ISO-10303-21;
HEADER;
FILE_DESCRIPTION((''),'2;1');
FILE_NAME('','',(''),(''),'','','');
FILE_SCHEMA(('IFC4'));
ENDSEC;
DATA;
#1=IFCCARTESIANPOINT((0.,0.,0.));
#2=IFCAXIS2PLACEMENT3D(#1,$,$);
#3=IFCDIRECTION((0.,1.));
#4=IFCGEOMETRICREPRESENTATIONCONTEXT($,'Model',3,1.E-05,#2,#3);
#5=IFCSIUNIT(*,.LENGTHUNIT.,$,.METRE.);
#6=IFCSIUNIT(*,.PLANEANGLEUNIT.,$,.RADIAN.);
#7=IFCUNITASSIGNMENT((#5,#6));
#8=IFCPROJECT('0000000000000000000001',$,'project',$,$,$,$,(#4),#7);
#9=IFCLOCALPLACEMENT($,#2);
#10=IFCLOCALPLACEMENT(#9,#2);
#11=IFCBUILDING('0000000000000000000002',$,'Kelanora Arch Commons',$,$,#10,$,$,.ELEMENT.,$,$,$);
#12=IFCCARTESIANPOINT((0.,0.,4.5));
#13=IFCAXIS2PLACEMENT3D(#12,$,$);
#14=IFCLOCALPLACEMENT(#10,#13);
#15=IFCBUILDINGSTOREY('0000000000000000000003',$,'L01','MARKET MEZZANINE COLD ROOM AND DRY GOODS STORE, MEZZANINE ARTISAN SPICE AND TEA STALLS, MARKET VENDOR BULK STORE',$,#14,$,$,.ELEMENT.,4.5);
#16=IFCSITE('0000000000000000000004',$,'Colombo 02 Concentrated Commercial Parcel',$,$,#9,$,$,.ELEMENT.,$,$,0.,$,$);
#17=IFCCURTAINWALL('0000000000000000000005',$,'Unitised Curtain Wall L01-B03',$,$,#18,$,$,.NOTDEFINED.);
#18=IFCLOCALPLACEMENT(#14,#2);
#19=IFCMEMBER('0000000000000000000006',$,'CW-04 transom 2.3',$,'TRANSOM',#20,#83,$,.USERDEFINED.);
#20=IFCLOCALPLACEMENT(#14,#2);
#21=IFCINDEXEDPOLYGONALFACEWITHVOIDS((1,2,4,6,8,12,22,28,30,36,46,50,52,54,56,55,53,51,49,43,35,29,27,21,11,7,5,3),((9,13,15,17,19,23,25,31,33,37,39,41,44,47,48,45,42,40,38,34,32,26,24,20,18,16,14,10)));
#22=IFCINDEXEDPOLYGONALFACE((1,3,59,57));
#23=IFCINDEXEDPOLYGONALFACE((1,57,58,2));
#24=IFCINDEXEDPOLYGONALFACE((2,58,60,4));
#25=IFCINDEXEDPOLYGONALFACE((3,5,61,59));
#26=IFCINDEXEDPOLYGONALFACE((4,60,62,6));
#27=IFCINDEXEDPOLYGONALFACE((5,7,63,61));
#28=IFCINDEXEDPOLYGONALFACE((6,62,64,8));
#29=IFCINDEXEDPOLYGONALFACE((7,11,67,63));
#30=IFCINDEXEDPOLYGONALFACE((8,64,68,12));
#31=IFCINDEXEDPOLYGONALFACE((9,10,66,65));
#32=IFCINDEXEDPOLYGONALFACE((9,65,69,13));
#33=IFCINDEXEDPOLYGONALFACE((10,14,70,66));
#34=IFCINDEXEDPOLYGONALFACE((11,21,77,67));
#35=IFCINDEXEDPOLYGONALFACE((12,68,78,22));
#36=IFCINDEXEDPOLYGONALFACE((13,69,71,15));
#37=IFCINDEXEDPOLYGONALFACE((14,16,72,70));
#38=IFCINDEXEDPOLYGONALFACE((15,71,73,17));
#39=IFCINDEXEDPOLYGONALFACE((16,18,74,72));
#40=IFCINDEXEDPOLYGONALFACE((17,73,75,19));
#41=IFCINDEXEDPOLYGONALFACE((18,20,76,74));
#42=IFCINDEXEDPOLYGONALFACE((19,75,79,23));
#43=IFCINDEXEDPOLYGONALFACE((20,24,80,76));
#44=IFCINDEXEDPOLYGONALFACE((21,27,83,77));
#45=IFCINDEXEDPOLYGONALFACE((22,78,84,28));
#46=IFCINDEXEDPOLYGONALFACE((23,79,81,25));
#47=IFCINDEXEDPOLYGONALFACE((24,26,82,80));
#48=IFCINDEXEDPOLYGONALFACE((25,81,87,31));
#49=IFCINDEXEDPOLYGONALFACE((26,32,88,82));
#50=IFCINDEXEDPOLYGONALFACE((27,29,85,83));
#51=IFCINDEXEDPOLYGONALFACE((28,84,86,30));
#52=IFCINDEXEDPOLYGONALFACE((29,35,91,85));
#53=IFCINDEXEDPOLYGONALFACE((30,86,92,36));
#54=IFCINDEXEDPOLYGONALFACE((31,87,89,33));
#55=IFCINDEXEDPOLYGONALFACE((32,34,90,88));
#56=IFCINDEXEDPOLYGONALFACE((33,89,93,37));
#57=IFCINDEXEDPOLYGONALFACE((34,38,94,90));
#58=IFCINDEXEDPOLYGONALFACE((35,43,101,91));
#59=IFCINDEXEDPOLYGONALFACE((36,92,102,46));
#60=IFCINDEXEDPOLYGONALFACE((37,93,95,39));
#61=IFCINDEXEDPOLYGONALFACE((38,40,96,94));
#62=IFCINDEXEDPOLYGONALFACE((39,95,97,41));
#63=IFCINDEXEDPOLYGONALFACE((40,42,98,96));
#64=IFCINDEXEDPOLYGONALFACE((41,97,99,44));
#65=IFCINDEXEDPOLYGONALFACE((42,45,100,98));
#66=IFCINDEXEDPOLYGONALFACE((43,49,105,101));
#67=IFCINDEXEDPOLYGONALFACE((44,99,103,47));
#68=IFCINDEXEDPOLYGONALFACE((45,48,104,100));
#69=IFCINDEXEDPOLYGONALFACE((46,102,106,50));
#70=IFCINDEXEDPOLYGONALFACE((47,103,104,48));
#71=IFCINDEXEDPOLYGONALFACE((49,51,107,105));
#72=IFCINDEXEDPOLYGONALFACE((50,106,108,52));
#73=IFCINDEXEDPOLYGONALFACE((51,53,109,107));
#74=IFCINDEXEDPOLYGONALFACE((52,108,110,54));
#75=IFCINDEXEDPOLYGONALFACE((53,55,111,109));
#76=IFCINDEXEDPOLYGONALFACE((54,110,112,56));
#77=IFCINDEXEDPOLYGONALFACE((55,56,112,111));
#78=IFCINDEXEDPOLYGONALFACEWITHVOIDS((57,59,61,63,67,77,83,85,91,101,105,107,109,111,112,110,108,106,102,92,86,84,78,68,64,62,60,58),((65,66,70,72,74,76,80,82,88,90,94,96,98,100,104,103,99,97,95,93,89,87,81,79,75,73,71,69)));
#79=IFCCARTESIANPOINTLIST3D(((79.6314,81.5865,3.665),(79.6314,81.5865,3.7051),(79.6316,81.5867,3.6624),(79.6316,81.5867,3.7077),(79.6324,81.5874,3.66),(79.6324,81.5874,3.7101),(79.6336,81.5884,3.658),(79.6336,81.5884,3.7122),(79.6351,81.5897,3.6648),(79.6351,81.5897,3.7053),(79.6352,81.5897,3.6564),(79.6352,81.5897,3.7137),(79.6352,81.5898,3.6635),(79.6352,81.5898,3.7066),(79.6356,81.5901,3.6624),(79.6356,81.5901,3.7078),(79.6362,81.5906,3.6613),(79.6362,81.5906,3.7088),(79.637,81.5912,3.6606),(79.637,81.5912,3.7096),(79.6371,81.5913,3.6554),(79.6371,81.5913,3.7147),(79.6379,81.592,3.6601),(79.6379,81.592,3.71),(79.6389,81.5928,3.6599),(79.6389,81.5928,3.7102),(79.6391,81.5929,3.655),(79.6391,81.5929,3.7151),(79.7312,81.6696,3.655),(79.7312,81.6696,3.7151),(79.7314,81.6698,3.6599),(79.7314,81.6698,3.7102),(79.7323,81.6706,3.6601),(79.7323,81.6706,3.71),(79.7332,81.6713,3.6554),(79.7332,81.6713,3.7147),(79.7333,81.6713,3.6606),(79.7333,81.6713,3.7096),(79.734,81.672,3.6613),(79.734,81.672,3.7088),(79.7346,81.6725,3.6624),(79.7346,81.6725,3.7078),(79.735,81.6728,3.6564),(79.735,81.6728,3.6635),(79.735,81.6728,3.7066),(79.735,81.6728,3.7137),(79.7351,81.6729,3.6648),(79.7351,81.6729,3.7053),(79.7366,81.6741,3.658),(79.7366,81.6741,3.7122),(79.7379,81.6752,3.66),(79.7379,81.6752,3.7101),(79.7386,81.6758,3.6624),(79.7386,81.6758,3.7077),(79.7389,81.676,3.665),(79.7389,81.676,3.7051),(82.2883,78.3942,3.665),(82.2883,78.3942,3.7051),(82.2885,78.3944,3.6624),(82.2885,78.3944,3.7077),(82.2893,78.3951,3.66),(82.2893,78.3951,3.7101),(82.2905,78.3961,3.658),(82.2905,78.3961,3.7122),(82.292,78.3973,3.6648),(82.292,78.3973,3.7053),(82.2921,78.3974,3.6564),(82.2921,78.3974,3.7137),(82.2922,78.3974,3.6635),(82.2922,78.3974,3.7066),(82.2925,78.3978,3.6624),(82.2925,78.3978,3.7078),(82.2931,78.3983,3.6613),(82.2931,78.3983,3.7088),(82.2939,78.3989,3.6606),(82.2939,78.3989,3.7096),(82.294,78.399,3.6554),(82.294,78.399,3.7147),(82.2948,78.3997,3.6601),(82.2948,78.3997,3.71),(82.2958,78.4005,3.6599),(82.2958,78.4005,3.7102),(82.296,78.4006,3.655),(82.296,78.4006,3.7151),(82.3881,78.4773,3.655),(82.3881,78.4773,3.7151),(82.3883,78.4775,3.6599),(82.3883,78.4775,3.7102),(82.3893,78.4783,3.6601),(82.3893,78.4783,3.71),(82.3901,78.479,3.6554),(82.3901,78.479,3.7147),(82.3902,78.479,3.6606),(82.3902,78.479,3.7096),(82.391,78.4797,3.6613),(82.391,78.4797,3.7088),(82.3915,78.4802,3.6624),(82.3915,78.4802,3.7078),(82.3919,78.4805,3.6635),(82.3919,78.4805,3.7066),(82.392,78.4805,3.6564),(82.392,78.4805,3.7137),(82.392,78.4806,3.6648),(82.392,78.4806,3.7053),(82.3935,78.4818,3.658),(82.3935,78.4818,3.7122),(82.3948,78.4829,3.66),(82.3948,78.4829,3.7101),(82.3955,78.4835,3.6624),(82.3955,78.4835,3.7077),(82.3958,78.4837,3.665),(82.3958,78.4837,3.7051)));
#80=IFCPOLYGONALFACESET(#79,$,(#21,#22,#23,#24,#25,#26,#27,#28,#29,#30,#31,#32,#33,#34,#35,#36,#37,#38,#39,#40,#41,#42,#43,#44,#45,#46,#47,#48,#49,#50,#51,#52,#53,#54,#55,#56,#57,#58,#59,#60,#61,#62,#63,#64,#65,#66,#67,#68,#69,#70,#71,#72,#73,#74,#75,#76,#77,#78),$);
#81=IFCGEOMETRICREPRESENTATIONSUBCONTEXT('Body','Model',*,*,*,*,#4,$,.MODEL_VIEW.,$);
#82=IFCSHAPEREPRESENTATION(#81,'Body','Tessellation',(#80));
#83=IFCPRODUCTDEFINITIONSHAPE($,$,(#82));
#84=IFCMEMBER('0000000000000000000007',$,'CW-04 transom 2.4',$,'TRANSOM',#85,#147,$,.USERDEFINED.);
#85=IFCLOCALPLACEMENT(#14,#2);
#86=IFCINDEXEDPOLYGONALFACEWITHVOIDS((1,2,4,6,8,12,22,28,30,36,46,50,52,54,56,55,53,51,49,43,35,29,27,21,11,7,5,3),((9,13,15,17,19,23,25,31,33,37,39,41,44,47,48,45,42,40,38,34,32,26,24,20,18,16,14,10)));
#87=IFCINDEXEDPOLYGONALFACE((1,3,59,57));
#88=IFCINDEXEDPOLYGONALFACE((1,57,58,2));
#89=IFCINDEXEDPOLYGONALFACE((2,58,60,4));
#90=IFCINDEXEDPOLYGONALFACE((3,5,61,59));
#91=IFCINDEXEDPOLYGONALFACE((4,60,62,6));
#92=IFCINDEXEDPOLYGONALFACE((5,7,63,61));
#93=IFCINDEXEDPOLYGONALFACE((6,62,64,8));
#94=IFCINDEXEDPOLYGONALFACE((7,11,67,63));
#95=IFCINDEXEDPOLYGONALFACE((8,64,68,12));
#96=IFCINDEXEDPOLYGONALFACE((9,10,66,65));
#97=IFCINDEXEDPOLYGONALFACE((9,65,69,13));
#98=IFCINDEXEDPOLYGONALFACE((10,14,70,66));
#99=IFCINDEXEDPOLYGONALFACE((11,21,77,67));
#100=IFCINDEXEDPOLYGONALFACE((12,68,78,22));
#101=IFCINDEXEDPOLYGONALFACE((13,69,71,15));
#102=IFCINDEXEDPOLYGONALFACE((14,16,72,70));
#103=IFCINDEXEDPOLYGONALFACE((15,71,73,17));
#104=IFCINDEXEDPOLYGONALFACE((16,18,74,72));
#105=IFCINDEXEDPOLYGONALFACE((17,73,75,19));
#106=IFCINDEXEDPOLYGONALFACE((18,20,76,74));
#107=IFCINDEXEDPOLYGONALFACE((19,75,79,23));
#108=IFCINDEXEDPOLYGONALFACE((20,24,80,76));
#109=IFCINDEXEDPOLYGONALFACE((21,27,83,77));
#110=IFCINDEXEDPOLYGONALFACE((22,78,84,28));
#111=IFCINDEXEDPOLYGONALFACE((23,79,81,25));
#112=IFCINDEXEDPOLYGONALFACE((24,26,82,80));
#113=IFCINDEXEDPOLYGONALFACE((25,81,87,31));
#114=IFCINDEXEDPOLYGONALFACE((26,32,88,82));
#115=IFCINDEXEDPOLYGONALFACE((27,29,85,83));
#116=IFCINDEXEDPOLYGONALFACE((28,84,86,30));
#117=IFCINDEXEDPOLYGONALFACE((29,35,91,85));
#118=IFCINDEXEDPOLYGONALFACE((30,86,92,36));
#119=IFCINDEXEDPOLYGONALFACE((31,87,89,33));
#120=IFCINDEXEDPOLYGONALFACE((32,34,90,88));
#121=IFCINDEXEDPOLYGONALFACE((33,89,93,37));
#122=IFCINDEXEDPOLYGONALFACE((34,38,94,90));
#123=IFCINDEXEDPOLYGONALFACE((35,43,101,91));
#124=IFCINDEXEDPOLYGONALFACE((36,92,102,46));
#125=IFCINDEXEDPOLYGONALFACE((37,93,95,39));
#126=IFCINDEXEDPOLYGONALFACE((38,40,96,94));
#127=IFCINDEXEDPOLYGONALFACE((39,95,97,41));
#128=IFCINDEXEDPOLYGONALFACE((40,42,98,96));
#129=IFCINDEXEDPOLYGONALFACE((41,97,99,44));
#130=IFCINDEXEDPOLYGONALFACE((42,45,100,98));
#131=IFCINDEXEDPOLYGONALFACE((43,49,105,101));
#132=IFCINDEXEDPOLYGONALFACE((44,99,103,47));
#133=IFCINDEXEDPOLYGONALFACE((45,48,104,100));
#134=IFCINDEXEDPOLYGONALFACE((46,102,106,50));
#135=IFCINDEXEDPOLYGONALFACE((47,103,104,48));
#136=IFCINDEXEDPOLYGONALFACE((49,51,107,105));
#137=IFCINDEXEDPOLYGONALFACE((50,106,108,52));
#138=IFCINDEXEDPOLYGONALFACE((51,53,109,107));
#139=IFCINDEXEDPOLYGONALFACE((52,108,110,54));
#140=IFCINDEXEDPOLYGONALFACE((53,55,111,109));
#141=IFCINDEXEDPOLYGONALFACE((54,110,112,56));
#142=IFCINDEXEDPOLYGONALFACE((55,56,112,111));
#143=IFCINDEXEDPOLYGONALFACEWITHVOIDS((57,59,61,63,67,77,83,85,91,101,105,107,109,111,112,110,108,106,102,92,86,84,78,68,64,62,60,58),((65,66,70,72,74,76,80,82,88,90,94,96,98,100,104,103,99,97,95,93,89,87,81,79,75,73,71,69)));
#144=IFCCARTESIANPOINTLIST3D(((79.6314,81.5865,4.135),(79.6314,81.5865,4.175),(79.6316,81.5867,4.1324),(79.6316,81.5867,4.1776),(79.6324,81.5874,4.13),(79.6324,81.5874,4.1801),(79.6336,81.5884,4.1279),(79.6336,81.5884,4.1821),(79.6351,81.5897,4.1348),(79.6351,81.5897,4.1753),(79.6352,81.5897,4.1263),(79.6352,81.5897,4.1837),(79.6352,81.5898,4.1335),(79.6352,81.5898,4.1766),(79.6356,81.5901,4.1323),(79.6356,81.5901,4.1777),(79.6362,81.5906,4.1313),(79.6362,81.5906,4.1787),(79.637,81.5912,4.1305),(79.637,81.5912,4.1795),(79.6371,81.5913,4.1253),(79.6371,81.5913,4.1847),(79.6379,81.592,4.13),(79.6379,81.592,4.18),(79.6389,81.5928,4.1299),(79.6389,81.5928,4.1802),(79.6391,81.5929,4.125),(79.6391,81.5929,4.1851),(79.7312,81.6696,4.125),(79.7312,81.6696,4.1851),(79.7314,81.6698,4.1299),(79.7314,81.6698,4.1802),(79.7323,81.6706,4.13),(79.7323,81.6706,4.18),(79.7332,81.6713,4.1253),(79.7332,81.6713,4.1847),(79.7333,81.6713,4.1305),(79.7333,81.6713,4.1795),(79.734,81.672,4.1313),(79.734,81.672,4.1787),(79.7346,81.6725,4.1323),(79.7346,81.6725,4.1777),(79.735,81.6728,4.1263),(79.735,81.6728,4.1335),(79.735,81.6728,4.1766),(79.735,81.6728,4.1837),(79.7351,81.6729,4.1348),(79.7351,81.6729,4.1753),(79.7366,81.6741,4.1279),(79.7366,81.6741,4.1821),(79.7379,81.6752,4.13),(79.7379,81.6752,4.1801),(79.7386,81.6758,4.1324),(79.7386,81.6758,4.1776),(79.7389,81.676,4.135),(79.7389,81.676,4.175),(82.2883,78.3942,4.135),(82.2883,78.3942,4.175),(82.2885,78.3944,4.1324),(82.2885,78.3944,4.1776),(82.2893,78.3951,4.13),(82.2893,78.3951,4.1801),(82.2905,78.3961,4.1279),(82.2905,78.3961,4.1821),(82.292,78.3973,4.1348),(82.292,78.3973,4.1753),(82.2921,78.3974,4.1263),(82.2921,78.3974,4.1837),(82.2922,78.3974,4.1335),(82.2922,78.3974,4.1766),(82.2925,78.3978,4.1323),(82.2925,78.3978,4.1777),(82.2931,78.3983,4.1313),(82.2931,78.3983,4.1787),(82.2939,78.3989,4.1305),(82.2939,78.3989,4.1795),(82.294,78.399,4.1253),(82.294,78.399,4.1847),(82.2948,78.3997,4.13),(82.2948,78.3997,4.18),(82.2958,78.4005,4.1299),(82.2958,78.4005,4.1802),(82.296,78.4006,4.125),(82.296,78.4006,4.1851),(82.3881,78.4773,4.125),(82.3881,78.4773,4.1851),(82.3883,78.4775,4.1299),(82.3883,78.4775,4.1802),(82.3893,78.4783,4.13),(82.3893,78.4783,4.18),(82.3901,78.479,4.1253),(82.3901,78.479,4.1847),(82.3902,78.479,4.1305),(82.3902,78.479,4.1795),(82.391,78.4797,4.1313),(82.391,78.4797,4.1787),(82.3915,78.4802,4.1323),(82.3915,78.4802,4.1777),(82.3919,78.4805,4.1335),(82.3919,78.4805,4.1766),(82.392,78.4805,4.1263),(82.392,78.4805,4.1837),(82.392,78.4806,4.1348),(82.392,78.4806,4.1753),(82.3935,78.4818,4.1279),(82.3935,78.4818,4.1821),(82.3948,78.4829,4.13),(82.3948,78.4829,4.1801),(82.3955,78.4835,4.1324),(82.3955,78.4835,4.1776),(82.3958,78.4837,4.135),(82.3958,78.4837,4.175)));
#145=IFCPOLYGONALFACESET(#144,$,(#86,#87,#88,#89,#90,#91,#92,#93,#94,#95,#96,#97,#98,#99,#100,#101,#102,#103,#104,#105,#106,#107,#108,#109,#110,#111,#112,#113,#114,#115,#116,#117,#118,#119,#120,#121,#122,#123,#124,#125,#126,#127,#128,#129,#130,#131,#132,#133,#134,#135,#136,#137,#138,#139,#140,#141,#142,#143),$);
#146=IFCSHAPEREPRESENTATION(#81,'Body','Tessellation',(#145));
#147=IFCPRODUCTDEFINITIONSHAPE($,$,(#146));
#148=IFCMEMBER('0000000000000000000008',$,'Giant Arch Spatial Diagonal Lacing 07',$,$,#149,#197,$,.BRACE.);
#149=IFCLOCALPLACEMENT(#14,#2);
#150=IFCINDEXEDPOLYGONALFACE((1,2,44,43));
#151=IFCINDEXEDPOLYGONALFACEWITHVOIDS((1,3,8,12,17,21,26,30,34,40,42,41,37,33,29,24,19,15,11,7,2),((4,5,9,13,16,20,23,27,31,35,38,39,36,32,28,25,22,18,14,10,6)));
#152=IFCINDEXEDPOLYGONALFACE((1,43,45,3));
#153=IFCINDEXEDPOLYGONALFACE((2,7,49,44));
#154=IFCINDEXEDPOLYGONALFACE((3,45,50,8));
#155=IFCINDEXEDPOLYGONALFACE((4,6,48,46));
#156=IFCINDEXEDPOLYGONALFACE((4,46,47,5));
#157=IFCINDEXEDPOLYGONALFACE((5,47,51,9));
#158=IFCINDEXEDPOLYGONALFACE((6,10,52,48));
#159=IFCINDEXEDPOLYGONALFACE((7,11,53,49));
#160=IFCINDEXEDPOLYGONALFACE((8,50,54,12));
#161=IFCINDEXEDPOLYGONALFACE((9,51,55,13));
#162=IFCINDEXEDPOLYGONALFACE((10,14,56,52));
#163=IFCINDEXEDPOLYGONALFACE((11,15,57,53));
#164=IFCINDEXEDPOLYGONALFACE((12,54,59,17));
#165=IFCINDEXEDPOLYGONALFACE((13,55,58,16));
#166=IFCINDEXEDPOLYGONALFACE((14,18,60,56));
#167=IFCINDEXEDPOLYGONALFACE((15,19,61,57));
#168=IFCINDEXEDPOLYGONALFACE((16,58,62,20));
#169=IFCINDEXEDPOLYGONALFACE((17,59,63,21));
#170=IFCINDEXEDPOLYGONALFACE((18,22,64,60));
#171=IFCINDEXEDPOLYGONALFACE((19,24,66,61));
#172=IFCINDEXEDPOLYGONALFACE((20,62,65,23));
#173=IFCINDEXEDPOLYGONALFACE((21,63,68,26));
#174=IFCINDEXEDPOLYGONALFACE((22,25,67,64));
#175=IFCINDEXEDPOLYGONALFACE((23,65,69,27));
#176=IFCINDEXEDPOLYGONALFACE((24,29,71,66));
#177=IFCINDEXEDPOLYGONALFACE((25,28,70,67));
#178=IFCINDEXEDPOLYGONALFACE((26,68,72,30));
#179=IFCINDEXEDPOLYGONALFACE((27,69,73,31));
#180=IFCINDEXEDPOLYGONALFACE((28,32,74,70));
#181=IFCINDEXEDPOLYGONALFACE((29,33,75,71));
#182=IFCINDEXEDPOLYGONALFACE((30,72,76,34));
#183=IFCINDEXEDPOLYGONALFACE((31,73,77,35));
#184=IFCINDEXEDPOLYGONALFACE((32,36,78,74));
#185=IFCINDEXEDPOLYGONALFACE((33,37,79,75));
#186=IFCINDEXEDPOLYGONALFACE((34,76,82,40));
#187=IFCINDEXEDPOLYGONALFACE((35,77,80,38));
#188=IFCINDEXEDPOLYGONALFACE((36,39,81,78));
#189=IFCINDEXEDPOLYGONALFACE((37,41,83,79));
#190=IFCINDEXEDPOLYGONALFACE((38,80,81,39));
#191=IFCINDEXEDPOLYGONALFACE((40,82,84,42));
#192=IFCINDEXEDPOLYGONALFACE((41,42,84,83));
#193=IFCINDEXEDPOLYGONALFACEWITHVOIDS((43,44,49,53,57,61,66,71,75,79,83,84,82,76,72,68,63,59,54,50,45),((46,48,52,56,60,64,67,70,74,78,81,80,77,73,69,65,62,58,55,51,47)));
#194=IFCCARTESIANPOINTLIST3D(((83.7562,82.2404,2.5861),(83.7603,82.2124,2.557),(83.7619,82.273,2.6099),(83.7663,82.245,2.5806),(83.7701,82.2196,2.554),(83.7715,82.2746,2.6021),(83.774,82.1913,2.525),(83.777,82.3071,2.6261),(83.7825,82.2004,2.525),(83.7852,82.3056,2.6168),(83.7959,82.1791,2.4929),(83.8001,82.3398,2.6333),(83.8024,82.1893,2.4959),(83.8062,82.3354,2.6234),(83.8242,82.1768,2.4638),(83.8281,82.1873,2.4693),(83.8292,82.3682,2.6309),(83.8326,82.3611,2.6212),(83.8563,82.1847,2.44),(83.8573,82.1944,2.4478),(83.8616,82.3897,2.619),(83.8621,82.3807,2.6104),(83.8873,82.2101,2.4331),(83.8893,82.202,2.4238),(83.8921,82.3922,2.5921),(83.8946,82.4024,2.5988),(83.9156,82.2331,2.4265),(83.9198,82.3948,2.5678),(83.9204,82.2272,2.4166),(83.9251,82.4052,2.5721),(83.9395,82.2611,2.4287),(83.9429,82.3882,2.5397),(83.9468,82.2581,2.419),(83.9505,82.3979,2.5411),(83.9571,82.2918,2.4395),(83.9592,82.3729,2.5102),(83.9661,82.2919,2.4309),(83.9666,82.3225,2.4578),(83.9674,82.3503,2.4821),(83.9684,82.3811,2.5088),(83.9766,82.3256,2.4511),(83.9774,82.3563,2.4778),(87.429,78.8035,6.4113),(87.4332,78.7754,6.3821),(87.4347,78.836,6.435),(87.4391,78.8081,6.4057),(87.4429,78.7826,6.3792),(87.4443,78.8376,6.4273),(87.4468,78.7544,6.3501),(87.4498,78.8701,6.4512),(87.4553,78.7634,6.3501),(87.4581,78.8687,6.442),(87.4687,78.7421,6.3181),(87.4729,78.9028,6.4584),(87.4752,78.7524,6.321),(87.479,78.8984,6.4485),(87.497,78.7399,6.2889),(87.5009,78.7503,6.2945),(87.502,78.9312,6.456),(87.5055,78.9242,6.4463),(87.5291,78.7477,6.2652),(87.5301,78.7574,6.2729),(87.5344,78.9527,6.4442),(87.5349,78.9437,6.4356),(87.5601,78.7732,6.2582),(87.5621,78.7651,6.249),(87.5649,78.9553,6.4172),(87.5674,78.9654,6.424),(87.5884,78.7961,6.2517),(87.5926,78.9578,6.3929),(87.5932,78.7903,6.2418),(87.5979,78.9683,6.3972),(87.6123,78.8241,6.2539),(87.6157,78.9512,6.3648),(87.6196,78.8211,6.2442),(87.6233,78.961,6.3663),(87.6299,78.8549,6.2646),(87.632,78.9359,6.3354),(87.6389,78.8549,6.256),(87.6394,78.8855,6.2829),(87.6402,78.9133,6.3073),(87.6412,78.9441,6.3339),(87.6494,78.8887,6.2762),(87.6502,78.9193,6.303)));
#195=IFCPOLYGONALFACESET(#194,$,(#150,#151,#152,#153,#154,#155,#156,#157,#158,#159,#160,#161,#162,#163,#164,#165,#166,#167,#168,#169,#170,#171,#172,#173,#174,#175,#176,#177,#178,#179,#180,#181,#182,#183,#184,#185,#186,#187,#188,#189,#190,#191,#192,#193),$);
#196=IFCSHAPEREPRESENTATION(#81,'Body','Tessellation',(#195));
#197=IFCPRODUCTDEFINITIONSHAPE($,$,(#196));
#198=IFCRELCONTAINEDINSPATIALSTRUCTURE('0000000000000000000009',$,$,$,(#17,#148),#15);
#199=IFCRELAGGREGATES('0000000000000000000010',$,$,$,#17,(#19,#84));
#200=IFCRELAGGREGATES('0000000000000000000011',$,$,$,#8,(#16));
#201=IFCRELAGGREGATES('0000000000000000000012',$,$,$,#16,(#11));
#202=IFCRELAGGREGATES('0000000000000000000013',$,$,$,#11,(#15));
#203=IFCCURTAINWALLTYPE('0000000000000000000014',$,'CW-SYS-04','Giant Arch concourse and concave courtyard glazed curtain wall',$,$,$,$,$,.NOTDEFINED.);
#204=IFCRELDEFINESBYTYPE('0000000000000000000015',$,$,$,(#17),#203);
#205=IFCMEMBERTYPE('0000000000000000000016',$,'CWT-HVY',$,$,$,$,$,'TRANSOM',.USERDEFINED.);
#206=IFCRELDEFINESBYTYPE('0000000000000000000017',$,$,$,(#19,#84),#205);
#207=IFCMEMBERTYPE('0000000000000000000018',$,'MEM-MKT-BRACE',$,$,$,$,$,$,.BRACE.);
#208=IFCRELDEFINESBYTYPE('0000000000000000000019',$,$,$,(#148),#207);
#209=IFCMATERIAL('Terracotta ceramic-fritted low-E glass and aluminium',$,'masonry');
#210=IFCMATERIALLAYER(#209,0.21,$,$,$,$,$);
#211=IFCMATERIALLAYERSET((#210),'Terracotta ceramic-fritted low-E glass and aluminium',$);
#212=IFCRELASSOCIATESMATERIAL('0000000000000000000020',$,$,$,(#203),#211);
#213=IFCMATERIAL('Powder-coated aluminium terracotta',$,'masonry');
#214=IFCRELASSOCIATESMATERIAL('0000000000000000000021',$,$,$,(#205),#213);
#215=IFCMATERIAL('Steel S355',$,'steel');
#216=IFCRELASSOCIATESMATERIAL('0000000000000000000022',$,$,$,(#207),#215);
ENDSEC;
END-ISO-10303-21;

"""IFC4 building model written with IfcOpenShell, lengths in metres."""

from ifc_helpers import new_model, si_unit, direction, frame, origin, origin_2d, place, context, subcontext, project, spatial, hollow_rectangle, hollow_circle, extrude, material, layer, layer_set, material_profile, profile_set, type_object, element, aggregate, save


model = new_model("IFC4")

# Units and contexts
model_context = context("Model", 3, precision=1e-05, world=origin(), true_north=direction((0.0, 1.0)))
body_context = subcontext(model_context, "Body", "Model", "MODEL_VIEW")
ifc_project = project(units=[si_unit("LENGTHUNIT", "METRE"), si_unit("PLANEANGLEUNIT", "RADIAN")], contexts=[model_context])

# Site, building, storey
site_placement = place(None, origin())
site = spatial("IfcSite", under=ifc_project, at=site_placement, Name="Colombo 02 Concentrated Commercial Parcel", CompositionType="ELEMENT", RefElevation=0.0)
building_placement = place(site_placement, origin())
building = spatial("IfcBuilding", under=site, at=building_placement, Name="Kelanora Arch Commons", CompositionType="ELEMENT")
storey_placement = place(building_placement, frame((0.0, 0.0, 4.5)))
storey = spatial("IfcBuildingStorey", under=building, at=storey_placement, Name="L01", Description="MARKET MEZZANINE COLD ROOM AND DRY GOODS STORE, MEZZANINE ARTISAN SPICE AND TEA STALLS, MARKET VENDOR BULK STORE", CompositionType="ELEMENT", Elevation=4.5)

# Shared definitions
ifc_material_1 = material(Name="Steel S355", Category="steel")

# Shared definitions
ifc_material_2 = material(Name="Terracotta ceramic-fritted low-E glass and aluminium", Category="masonry")
ifc_layer_1 = layer(ifc_material_2, 0.21)
ifc_layer_set_1 = layer_set([ifc_layer_1], Name="Terracotta ceramic-fritted low-E glass and aluminium")
curtain_wall_type = type_object("IfcCurtainWallType", Name="CW-SYS-04", Description="Giant Arch concourse and concave courtyard glazed curtain wall", PredefinedType="NOTDEFINED", material=ifc_layer_set_1)
ifc_material_3 = material(Name="Powder-coated aluminium terracotta", Category="masonry")

# Curtain wall
curtain_wall_1_placement = place(storey_placement, origin())
curtain_wall_1 = element("IfcCurtainWall", 1, at=curtain_wall_1_placement, inside=storey, type_object=curtain_wall_type, Name="Unitised Curtain Wall L01-B03", PredefinedType="NOTDEFINED")

# Members
ifc_material_profile_1 = material_profile(ifc_material_3, hollow_rectangle(XDim=0.1399, YDim=0.0601, WallThickness=0.0049, InnerFilletRadius=0.0049, OuterFilletRadius=0.01, at=origin_2d()), Name="CWT140x60")
ifc_profile_set_1 = profile_set([ifc_material_profile_1], Name="Powder-coated aluminium terracotta")
member_type_1 = type_object("IfcMemberType", Name="CWT-HVY", ElementType="TRANSOM", PredefinedType="USERDEFINED", material=ifc_profile_set_1)
member_1_placement = place(storey_placement, frame((82.342, 78.439, 3.6851), z_axis=(-0.63971, 0.768616, 0.0), x_axis=(-0.768616, -0.63971, 0.0)))
member_1 = element("IfcMember", 2, at=member_1_placement, type_object=member_type_1, Name="CW-04 transom 2.3", ObjectType="TRANSOM", PredefinedType="USERDEFINED", context=body_context, shape_type="SweptSolid", body=[
    extrude(hollow_rectangle(XDim=0.1399, YDim=0.0601, WallThickness=0.0049, InnerFilletRadius=0.0049, OuterFilletRadius=0.01, at=origin_2d()), origin(), (0.0, 0.0, 1.0), 4.1533),
])
member_2_placement = place(storey_placement, frame((82.342, 78.439, 4.155), z_axis=(-0.63971, 0.768616, 0.0), x_axis=(-0.768616, -0.63971, 0.0)))
member_2 = element("IfcMember", 3, at=member_2_placement, type_object=member_type_1, Name="CW-04 transom 2.4", ObjectType="TRANSOM", PredefinedType="USERDEFINED", context=body_context, shape_type="SweptSolid", body=[
    extrude(hollow_rectangle(XDim=0.1399, YDim=0.0601, WallThickness=0.0049, InnerFilletRadius=0.0049, OuterFilletRadius=0.01, at=origin_2d()), origin(), (0.0, 0.0, 1.0), 4.1533),
])

# Member
ifc_material_profile_2 = material_profile(ifc_material_1, hollow_circle(Radius=0.1365, WallThickness=0.0125, at=origin_2d()), Name="CHS273x12.5")
ifc_profile_set_2 = profile_set([ifc_material_profile_2], Name="Steel S355")
member_type_2 = type_object("IfcMemberType", Name="MEM-MKT-BRACE", PredefinedType="BRACE", material=ifc_profile_set_2)
member_3_placement = place(storey_placement, frame((87.54, 78.854, 6.3501), z_axis=(-0.581201, 0.543881, -0.605308), x_axis=(-0.683276, -0.73016, 0.0)))
element("IfcMember", 4, at=member_3_placement, inside=storey, type_object=member_type_2, Name="Giant Arch Spatial Diagonal Lacing 07", PredefinedType="BRACE", context=body_context, shape_type="SweptSolid", body=[
    extrude(hollow_circle(Radius=0.1365, WallThickness=0.0125, at=origin_2d()), origin(), (0.0, 0.0, 1.0), 6.3193),
])

aggregate(curtain_wall_1, [member_1, member_2])

save(model, "model.ifc")
